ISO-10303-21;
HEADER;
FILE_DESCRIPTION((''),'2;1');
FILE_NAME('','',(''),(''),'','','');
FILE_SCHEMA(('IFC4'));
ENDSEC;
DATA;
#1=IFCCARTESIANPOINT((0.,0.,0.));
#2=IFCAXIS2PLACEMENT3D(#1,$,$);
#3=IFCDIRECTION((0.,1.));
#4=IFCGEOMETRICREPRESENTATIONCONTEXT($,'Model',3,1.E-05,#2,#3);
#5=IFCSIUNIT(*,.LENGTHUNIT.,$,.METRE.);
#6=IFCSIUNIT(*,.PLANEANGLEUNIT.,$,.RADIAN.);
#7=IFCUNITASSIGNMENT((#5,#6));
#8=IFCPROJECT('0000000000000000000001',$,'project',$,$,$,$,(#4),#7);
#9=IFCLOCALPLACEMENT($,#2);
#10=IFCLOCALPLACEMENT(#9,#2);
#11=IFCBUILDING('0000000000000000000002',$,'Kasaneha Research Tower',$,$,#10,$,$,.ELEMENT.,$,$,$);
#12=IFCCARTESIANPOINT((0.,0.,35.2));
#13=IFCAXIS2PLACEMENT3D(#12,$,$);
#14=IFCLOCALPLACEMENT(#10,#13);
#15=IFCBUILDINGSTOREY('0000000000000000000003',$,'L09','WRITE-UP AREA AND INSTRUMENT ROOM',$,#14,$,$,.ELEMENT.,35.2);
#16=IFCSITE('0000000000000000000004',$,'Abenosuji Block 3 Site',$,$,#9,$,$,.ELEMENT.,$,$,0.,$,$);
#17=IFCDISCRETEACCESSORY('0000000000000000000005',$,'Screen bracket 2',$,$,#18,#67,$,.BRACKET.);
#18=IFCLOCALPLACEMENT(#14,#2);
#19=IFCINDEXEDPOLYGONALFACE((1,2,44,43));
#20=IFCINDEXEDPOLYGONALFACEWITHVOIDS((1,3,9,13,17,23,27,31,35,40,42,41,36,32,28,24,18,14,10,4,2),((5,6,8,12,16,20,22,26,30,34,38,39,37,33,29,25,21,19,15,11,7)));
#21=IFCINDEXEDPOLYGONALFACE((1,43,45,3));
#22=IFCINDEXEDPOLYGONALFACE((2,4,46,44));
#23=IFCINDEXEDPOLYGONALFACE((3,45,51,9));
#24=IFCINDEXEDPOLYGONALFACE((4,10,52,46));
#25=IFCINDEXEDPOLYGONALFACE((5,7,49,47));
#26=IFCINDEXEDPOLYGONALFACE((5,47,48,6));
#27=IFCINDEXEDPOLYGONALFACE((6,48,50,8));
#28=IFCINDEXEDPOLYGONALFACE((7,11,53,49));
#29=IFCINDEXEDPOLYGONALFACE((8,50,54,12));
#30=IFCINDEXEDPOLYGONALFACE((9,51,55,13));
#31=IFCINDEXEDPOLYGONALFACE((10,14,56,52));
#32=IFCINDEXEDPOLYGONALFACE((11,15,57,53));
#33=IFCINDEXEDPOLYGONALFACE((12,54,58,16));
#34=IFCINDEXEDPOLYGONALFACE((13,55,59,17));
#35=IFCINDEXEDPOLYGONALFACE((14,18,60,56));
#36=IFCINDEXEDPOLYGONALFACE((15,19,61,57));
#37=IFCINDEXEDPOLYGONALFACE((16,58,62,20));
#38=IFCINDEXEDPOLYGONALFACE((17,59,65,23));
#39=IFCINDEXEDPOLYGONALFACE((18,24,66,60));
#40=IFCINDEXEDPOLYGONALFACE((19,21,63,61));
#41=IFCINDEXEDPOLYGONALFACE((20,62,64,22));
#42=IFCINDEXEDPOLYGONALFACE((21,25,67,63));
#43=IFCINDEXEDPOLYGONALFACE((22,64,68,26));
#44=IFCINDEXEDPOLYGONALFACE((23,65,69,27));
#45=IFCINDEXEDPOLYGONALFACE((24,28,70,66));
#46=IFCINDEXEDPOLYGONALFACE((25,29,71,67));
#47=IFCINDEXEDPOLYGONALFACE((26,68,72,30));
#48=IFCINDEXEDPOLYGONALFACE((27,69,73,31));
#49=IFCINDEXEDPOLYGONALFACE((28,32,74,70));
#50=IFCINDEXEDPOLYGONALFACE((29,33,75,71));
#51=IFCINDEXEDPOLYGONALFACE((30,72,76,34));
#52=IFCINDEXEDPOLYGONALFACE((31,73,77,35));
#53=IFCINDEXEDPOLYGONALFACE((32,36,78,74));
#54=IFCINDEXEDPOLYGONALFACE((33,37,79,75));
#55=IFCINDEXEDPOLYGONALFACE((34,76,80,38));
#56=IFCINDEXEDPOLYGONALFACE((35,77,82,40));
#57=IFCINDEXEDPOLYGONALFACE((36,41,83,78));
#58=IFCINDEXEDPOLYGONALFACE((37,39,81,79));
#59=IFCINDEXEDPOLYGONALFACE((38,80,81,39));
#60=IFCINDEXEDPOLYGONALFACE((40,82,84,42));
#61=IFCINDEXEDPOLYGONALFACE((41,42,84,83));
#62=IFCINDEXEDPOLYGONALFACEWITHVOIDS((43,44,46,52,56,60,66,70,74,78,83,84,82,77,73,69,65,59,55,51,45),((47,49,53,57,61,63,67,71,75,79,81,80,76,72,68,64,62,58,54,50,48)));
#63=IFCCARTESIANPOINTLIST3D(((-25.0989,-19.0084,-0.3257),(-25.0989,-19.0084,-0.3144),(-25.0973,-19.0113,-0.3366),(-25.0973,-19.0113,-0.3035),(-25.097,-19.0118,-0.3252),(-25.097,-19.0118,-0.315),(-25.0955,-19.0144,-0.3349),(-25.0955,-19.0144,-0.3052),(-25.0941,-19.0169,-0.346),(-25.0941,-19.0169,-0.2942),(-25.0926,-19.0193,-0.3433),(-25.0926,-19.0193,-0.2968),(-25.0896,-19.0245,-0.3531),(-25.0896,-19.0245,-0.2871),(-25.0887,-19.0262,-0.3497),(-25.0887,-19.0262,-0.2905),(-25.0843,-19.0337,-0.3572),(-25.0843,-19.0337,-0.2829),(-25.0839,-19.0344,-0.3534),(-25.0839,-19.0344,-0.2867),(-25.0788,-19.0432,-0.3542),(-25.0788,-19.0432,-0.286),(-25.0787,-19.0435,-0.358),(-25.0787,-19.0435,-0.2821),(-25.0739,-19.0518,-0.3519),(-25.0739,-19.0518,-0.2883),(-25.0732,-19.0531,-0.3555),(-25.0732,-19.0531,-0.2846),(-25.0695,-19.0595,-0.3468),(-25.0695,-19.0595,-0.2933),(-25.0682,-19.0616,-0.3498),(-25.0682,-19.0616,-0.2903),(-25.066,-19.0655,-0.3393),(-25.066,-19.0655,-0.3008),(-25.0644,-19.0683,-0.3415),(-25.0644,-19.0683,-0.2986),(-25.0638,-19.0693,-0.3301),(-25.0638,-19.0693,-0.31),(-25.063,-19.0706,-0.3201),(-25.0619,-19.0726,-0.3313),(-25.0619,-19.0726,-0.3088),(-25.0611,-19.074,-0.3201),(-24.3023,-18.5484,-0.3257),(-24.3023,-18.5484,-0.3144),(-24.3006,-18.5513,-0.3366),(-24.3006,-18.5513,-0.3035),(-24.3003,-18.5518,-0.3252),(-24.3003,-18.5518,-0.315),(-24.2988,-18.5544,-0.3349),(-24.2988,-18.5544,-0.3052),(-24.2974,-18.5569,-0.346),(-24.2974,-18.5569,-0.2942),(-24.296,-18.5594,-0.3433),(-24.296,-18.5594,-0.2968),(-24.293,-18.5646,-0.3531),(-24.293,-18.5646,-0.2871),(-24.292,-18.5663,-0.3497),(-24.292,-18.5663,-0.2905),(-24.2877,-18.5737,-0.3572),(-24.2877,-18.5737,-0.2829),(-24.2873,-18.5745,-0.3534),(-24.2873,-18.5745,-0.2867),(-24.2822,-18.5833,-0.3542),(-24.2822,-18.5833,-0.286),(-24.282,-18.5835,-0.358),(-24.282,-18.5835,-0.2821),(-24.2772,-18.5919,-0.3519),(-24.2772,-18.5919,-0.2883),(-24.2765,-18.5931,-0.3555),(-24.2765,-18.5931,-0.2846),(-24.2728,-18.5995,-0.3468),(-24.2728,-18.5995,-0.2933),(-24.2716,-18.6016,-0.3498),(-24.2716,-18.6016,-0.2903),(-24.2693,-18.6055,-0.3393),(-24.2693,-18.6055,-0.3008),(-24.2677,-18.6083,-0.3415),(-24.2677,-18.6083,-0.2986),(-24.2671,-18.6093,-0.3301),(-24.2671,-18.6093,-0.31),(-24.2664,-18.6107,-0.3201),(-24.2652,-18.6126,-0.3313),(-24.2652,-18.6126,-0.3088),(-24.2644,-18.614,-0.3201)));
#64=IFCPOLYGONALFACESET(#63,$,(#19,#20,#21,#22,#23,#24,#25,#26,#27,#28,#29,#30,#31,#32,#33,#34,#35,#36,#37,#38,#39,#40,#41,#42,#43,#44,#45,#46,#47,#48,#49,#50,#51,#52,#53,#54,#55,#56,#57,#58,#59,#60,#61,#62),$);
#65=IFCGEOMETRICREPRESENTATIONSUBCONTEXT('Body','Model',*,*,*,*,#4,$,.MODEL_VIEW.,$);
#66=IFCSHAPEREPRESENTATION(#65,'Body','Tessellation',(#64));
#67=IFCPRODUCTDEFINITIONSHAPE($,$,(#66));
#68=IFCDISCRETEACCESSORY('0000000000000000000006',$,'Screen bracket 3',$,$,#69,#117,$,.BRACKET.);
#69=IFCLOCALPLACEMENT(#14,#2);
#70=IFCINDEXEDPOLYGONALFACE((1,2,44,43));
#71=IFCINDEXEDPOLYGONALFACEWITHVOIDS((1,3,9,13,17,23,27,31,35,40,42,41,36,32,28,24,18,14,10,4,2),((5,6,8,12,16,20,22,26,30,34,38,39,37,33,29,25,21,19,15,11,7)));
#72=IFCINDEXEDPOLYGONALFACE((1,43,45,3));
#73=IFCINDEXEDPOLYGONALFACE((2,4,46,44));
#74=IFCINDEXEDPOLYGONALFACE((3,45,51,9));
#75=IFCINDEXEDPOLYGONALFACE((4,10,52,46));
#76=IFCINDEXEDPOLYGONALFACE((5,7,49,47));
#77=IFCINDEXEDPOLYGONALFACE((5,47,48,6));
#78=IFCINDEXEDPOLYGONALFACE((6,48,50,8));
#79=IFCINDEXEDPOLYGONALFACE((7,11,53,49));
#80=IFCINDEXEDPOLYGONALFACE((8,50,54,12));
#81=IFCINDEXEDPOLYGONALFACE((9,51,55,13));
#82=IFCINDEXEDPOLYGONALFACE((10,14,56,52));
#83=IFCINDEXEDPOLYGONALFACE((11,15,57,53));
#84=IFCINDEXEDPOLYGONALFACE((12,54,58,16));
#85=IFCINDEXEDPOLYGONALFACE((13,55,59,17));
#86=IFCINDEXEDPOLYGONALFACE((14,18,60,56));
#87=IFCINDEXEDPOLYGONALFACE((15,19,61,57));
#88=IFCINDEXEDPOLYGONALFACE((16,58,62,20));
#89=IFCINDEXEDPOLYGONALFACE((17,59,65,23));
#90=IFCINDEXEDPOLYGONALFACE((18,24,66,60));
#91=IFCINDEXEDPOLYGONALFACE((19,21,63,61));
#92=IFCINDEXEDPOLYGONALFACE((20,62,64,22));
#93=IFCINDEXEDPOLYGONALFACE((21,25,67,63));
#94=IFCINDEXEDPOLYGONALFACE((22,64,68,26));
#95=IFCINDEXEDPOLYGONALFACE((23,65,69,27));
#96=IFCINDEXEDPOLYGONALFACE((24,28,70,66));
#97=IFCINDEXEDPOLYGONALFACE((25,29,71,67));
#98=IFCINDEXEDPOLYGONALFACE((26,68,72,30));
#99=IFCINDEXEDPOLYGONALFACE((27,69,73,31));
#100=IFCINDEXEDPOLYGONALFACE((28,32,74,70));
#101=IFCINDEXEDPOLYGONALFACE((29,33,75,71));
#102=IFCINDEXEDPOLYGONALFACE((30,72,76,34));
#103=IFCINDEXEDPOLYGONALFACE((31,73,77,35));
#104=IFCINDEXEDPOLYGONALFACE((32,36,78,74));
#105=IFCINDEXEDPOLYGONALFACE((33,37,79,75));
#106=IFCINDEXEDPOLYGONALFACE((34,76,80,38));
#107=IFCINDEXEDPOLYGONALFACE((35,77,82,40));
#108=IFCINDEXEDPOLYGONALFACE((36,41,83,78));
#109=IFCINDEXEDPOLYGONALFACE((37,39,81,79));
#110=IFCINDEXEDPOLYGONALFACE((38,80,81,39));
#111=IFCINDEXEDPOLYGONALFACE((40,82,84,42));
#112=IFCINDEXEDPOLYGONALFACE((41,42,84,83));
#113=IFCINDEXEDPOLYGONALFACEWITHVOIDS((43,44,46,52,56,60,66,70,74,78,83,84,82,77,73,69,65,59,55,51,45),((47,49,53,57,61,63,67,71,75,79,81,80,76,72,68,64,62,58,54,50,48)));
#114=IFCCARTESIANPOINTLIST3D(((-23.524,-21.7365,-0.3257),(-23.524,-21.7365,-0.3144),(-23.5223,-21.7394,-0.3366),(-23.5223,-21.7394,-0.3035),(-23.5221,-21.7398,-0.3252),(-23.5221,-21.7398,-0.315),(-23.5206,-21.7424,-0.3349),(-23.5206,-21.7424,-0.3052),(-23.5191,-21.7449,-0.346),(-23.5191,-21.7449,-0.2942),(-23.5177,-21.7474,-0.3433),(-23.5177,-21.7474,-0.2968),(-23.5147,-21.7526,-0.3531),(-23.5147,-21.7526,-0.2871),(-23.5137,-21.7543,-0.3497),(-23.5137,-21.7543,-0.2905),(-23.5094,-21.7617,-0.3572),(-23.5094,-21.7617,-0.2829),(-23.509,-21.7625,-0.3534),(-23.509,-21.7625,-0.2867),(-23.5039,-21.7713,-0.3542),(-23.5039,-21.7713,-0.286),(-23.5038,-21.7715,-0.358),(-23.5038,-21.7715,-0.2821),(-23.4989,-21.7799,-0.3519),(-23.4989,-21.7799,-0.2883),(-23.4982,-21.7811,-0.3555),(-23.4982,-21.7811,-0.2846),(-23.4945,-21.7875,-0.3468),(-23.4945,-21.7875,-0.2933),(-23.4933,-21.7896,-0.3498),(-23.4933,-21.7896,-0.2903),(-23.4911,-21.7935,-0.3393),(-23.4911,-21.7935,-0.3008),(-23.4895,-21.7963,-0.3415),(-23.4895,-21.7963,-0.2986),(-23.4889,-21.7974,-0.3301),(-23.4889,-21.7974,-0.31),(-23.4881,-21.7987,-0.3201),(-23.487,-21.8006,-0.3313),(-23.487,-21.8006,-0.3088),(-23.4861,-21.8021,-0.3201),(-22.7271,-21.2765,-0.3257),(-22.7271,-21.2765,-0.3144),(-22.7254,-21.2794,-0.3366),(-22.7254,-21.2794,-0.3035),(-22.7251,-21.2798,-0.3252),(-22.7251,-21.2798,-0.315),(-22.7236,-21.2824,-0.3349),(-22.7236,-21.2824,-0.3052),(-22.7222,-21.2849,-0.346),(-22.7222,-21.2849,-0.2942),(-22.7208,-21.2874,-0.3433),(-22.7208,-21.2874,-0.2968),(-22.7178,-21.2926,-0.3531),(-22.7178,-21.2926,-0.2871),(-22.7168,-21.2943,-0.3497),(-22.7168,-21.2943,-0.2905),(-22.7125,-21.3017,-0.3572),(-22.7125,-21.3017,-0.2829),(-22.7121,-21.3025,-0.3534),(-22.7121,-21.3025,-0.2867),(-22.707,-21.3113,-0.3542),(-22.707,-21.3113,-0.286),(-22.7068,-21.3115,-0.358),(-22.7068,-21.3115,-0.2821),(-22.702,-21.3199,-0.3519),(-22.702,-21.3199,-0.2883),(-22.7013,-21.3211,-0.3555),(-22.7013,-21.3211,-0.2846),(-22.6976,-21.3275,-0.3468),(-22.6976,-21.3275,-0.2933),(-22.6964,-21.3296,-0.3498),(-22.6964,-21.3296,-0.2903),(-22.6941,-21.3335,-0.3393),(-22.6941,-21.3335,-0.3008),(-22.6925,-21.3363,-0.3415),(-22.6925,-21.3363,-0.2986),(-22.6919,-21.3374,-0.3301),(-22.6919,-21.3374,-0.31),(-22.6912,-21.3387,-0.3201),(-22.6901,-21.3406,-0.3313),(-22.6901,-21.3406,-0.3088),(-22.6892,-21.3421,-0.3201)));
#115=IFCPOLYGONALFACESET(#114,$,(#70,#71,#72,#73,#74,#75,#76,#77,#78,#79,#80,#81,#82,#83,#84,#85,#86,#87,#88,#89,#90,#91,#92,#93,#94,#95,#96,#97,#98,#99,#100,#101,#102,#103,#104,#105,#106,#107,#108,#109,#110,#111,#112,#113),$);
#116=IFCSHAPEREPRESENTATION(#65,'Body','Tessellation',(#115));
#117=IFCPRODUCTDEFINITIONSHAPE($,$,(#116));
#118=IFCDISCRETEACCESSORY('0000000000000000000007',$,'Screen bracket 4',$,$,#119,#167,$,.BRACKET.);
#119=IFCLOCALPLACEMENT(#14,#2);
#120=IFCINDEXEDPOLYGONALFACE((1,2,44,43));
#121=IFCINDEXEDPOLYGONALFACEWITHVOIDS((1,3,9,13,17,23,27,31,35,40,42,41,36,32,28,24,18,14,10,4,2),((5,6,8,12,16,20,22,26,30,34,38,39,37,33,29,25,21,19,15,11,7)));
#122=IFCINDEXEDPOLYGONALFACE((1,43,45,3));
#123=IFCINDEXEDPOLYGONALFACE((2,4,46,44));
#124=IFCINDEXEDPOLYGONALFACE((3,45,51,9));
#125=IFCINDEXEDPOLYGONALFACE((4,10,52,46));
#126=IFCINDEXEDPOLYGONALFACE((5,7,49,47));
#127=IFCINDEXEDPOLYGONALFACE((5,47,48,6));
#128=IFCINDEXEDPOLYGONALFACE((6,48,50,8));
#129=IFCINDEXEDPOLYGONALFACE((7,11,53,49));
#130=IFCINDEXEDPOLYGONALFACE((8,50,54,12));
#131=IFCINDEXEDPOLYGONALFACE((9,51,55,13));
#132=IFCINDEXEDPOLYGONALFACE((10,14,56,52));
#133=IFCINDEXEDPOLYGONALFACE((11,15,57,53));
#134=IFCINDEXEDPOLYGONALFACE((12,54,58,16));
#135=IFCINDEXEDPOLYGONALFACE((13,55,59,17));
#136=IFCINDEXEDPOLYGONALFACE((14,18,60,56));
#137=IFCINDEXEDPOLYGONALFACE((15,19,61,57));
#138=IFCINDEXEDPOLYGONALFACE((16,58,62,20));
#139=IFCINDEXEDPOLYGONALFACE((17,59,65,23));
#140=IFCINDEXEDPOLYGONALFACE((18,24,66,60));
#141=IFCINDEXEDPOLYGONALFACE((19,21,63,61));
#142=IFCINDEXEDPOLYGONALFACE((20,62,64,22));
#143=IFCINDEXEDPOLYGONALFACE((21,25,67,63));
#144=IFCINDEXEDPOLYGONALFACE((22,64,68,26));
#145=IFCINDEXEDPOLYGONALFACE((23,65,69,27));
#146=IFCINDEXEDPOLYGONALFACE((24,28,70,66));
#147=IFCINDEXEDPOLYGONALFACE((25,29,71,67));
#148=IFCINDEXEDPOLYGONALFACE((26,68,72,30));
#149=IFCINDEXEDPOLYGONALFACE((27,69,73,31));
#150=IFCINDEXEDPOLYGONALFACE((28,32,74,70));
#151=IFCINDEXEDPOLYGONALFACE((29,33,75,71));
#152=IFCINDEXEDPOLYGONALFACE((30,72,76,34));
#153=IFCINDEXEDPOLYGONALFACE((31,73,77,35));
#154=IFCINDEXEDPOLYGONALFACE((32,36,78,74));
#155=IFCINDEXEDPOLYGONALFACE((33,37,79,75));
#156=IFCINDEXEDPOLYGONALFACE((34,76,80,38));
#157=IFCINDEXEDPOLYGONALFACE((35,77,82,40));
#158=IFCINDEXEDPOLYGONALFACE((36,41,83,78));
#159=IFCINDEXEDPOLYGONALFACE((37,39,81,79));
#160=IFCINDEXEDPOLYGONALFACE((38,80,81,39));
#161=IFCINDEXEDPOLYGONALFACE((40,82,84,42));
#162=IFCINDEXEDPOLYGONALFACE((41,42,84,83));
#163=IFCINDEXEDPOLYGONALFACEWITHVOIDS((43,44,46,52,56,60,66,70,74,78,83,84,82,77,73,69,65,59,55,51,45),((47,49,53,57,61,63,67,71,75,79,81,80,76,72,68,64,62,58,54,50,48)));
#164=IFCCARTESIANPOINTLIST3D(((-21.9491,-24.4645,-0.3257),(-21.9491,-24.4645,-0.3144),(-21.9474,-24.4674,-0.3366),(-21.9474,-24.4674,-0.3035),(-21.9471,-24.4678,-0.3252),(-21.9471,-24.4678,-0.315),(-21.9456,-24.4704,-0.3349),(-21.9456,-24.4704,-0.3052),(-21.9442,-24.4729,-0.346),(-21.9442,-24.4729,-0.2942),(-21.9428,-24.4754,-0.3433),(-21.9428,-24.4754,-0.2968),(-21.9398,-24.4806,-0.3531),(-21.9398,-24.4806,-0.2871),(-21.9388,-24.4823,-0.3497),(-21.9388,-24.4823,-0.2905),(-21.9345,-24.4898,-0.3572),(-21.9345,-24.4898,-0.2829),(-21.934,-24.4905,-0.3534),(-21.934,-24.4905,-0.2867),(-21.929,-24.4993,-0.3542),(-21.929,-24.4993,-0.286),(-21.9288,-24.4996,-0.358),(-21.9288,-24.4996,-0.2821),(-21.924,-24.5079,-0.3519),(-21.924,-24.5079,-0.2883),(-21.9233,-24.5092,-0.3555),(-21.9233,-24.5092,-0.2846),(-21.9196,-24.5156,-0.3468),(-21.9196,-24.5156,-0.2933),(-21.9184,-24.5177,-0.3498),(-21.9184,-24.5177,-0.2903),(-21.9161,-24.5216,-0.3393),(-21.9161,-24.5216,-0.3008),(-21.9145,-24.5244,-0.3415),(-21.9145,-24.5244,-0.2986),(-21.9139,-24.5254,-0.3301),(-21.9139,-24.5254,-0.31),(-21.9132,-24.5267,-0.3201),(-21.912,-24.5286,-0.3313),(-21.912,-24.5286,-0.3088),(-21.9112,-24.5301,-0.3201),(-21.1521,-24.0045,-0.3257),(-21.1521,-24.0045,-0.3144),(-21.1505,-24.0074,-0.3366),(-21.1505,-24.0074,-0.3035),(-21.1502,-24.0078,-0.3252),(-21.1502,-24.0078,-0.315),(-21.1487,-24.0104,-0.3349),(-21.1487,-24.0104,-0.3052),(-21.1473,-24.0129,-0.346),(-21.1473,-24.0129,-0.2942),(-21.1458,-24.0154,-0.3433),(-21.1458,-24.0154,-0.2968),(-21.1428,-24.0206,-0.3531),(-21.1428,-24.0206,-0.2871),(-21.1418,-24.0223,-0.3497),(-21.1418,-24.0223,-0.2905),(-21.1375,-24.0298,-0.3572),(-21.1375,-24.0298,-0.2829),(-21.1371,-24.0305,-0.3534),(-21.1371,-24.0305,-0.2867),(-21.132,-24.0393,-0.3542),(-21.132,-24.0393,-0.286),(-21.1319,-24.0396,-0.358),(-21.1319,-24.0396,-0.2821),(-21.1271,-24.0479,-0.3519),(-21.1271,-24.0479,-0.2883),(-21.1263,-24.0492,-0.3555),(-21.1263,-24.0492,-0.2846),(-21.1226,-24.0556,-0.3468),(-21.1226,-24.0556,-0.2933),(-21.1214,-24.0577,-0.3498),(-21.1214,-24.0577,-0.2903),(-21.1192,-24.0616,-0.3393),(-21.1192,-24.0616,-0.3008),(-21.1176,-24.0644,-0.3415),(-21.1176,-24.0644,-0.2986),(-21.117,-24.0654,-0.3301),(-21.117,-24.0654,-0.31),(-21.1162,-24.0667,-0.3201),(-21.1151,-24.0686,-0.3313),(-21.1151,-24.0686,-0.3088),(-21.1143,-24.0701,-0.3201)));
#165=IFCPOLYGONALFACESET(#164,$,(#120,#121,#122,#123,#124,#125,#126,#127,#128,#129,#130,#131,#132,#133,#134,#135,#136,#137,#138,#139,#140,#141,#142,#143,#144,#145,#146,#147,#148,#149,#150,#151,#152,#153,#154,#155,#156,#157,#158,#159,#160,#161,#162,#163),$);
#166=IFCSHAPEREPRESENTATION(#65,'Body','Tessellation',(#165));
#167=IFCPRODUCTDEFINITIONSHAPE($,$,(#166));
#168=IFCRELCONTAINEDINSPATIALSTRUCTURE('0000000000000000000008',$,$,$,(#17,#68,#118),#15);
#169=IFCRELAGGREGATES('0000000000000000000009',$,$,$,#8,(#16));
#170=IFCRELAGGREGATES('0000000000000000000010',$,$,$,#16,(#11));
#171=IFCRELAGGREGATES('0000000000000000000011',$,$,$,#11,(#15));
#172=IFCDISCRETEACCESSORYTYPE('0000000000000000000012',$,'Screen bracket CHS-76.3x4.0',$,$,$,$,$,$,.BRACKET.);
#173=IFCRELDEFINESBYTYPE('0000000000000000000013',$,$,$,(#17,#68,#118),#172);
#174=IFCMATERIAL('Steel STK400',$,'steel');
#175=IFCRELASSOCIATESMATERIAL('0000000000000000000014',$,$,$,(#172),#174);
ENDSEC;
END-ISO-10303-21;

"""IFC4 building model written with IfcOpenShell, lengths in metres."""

from ifc_helpers import new_model, si_unit, direction, frame, origin, origin_2d, place, context, subcontext, project, spatial, hollow_circle, extrude, material, material_profile, profile_set, type_object, element, save


model = new_model("IFC4")

# Units and contexts
model_context = context("Model", 3, precision=1e-05, world=origin(), true_north=direction((0.0, 1.0)))
body_context = subcontext(model_context, "Body", "Model", "MODEL_VIEW")
ifc_project = project(units=[si_unit("LENGTHUNIT", "METRE"), si_unit("PLANEANGLEUNIT", "RADIAN")], contexts=[model_context])

# Site, building, storey
site_placement = place(None, origin())
site = spatial("IfcSite", under=ifc_project, at=site_placement, Name="Abenosuji Block 3 Site", CompositionType="ELEMENT", RefElevation=0.0)
building_placement = place(site_placement, origin())
building = spatial("IfcBuilding", under=site, at=building_placement, Name="Kasaneha Research Tower", CompositionType="ELEMENT")
storey_placement = place(building_placement, frame((0.0, 0.0, 35.2)))
storey = spatial("IfcBuildingStorey", under=building, at=storey_placement, Name="L09", Description="WRITE-UP AREA AND INSTRUMENT ROOM", CompositionType="ELEMENT", Elevation=35.2)

# Discrete accessories
ifc_material_1 = material(Name="Steel STK400", Category="steel")
ifc_material_profile_1 = material_profile(ifc_material_1, hollow_circle(Radius=0.0381, WallThickness=0.0039, at=origin_2d()), Name="CHS-76.3x4.0")
ifc_profile_set_1 = profile_set([ifc_material_profile_1], Name="Steel STK400")
discrete_accessory_type = type_object("IfcDiscreteAccessoryType", Name="Screen bracket CHS-76.3x4.0", PredefinedType="BRACKET", material=ifc_profile_set_1)
for number, where, z_axis, x_axis, name in (
    (1, (-24.2834, -18.5811, -0.3201), (-0.866013, -0.500021, 0.0), (0.500021, -0.866013, 0.0), "Screen bracket 2"),
):
    element("IfcDiscreteAccessory", number, at=place(storey_placement, frame(where, z_axis=z_axis, x_axis=x_axis)), inside=storey, type_object=discrete_accessory_type, Name=name, PredefinedType="BRACKET", context=body_context, shape_type="SweptSolid", body=[
        extrude(hollow_circle(Radius=0.0381, WallThickness=0.0039, at=origin_2d()), origin(), (0.0, 0.0, 1.0), 0.9199),
    ])
for number, where, z_axis, x_axis, name in (
    (2, (-22.7083, -21.3091, -0.3201), (-0.86608, -0.499906, 0.0), (0.499906, -0.86608, 0.0), "Screen bracket 3"),
    (3, (-21.1333, -24.0371, -0.3201), (-0.86608, -0.499906, 0.0), (0.499906, -0.86608, 0.0), "Screen bracket 4"),
):
    element("IfcDiscreteAccessory", number, at=place(storey_placement, frame(where, z_axis=z_axis, x_axis=x_axis)), inside=storey, type_object=discrete_accessory_type, Name=name, PredefinedType="BRACKET", context=body_context, shape_type="SweptSolid", body=[
        extrude(hollow_circle(Radius=0.0381, WallThickness=0.0039, at=origin_2d()), origin(), (0.0, 0.0, 1.0), 0.9202),
    ])

save(model, "model.ifc")
